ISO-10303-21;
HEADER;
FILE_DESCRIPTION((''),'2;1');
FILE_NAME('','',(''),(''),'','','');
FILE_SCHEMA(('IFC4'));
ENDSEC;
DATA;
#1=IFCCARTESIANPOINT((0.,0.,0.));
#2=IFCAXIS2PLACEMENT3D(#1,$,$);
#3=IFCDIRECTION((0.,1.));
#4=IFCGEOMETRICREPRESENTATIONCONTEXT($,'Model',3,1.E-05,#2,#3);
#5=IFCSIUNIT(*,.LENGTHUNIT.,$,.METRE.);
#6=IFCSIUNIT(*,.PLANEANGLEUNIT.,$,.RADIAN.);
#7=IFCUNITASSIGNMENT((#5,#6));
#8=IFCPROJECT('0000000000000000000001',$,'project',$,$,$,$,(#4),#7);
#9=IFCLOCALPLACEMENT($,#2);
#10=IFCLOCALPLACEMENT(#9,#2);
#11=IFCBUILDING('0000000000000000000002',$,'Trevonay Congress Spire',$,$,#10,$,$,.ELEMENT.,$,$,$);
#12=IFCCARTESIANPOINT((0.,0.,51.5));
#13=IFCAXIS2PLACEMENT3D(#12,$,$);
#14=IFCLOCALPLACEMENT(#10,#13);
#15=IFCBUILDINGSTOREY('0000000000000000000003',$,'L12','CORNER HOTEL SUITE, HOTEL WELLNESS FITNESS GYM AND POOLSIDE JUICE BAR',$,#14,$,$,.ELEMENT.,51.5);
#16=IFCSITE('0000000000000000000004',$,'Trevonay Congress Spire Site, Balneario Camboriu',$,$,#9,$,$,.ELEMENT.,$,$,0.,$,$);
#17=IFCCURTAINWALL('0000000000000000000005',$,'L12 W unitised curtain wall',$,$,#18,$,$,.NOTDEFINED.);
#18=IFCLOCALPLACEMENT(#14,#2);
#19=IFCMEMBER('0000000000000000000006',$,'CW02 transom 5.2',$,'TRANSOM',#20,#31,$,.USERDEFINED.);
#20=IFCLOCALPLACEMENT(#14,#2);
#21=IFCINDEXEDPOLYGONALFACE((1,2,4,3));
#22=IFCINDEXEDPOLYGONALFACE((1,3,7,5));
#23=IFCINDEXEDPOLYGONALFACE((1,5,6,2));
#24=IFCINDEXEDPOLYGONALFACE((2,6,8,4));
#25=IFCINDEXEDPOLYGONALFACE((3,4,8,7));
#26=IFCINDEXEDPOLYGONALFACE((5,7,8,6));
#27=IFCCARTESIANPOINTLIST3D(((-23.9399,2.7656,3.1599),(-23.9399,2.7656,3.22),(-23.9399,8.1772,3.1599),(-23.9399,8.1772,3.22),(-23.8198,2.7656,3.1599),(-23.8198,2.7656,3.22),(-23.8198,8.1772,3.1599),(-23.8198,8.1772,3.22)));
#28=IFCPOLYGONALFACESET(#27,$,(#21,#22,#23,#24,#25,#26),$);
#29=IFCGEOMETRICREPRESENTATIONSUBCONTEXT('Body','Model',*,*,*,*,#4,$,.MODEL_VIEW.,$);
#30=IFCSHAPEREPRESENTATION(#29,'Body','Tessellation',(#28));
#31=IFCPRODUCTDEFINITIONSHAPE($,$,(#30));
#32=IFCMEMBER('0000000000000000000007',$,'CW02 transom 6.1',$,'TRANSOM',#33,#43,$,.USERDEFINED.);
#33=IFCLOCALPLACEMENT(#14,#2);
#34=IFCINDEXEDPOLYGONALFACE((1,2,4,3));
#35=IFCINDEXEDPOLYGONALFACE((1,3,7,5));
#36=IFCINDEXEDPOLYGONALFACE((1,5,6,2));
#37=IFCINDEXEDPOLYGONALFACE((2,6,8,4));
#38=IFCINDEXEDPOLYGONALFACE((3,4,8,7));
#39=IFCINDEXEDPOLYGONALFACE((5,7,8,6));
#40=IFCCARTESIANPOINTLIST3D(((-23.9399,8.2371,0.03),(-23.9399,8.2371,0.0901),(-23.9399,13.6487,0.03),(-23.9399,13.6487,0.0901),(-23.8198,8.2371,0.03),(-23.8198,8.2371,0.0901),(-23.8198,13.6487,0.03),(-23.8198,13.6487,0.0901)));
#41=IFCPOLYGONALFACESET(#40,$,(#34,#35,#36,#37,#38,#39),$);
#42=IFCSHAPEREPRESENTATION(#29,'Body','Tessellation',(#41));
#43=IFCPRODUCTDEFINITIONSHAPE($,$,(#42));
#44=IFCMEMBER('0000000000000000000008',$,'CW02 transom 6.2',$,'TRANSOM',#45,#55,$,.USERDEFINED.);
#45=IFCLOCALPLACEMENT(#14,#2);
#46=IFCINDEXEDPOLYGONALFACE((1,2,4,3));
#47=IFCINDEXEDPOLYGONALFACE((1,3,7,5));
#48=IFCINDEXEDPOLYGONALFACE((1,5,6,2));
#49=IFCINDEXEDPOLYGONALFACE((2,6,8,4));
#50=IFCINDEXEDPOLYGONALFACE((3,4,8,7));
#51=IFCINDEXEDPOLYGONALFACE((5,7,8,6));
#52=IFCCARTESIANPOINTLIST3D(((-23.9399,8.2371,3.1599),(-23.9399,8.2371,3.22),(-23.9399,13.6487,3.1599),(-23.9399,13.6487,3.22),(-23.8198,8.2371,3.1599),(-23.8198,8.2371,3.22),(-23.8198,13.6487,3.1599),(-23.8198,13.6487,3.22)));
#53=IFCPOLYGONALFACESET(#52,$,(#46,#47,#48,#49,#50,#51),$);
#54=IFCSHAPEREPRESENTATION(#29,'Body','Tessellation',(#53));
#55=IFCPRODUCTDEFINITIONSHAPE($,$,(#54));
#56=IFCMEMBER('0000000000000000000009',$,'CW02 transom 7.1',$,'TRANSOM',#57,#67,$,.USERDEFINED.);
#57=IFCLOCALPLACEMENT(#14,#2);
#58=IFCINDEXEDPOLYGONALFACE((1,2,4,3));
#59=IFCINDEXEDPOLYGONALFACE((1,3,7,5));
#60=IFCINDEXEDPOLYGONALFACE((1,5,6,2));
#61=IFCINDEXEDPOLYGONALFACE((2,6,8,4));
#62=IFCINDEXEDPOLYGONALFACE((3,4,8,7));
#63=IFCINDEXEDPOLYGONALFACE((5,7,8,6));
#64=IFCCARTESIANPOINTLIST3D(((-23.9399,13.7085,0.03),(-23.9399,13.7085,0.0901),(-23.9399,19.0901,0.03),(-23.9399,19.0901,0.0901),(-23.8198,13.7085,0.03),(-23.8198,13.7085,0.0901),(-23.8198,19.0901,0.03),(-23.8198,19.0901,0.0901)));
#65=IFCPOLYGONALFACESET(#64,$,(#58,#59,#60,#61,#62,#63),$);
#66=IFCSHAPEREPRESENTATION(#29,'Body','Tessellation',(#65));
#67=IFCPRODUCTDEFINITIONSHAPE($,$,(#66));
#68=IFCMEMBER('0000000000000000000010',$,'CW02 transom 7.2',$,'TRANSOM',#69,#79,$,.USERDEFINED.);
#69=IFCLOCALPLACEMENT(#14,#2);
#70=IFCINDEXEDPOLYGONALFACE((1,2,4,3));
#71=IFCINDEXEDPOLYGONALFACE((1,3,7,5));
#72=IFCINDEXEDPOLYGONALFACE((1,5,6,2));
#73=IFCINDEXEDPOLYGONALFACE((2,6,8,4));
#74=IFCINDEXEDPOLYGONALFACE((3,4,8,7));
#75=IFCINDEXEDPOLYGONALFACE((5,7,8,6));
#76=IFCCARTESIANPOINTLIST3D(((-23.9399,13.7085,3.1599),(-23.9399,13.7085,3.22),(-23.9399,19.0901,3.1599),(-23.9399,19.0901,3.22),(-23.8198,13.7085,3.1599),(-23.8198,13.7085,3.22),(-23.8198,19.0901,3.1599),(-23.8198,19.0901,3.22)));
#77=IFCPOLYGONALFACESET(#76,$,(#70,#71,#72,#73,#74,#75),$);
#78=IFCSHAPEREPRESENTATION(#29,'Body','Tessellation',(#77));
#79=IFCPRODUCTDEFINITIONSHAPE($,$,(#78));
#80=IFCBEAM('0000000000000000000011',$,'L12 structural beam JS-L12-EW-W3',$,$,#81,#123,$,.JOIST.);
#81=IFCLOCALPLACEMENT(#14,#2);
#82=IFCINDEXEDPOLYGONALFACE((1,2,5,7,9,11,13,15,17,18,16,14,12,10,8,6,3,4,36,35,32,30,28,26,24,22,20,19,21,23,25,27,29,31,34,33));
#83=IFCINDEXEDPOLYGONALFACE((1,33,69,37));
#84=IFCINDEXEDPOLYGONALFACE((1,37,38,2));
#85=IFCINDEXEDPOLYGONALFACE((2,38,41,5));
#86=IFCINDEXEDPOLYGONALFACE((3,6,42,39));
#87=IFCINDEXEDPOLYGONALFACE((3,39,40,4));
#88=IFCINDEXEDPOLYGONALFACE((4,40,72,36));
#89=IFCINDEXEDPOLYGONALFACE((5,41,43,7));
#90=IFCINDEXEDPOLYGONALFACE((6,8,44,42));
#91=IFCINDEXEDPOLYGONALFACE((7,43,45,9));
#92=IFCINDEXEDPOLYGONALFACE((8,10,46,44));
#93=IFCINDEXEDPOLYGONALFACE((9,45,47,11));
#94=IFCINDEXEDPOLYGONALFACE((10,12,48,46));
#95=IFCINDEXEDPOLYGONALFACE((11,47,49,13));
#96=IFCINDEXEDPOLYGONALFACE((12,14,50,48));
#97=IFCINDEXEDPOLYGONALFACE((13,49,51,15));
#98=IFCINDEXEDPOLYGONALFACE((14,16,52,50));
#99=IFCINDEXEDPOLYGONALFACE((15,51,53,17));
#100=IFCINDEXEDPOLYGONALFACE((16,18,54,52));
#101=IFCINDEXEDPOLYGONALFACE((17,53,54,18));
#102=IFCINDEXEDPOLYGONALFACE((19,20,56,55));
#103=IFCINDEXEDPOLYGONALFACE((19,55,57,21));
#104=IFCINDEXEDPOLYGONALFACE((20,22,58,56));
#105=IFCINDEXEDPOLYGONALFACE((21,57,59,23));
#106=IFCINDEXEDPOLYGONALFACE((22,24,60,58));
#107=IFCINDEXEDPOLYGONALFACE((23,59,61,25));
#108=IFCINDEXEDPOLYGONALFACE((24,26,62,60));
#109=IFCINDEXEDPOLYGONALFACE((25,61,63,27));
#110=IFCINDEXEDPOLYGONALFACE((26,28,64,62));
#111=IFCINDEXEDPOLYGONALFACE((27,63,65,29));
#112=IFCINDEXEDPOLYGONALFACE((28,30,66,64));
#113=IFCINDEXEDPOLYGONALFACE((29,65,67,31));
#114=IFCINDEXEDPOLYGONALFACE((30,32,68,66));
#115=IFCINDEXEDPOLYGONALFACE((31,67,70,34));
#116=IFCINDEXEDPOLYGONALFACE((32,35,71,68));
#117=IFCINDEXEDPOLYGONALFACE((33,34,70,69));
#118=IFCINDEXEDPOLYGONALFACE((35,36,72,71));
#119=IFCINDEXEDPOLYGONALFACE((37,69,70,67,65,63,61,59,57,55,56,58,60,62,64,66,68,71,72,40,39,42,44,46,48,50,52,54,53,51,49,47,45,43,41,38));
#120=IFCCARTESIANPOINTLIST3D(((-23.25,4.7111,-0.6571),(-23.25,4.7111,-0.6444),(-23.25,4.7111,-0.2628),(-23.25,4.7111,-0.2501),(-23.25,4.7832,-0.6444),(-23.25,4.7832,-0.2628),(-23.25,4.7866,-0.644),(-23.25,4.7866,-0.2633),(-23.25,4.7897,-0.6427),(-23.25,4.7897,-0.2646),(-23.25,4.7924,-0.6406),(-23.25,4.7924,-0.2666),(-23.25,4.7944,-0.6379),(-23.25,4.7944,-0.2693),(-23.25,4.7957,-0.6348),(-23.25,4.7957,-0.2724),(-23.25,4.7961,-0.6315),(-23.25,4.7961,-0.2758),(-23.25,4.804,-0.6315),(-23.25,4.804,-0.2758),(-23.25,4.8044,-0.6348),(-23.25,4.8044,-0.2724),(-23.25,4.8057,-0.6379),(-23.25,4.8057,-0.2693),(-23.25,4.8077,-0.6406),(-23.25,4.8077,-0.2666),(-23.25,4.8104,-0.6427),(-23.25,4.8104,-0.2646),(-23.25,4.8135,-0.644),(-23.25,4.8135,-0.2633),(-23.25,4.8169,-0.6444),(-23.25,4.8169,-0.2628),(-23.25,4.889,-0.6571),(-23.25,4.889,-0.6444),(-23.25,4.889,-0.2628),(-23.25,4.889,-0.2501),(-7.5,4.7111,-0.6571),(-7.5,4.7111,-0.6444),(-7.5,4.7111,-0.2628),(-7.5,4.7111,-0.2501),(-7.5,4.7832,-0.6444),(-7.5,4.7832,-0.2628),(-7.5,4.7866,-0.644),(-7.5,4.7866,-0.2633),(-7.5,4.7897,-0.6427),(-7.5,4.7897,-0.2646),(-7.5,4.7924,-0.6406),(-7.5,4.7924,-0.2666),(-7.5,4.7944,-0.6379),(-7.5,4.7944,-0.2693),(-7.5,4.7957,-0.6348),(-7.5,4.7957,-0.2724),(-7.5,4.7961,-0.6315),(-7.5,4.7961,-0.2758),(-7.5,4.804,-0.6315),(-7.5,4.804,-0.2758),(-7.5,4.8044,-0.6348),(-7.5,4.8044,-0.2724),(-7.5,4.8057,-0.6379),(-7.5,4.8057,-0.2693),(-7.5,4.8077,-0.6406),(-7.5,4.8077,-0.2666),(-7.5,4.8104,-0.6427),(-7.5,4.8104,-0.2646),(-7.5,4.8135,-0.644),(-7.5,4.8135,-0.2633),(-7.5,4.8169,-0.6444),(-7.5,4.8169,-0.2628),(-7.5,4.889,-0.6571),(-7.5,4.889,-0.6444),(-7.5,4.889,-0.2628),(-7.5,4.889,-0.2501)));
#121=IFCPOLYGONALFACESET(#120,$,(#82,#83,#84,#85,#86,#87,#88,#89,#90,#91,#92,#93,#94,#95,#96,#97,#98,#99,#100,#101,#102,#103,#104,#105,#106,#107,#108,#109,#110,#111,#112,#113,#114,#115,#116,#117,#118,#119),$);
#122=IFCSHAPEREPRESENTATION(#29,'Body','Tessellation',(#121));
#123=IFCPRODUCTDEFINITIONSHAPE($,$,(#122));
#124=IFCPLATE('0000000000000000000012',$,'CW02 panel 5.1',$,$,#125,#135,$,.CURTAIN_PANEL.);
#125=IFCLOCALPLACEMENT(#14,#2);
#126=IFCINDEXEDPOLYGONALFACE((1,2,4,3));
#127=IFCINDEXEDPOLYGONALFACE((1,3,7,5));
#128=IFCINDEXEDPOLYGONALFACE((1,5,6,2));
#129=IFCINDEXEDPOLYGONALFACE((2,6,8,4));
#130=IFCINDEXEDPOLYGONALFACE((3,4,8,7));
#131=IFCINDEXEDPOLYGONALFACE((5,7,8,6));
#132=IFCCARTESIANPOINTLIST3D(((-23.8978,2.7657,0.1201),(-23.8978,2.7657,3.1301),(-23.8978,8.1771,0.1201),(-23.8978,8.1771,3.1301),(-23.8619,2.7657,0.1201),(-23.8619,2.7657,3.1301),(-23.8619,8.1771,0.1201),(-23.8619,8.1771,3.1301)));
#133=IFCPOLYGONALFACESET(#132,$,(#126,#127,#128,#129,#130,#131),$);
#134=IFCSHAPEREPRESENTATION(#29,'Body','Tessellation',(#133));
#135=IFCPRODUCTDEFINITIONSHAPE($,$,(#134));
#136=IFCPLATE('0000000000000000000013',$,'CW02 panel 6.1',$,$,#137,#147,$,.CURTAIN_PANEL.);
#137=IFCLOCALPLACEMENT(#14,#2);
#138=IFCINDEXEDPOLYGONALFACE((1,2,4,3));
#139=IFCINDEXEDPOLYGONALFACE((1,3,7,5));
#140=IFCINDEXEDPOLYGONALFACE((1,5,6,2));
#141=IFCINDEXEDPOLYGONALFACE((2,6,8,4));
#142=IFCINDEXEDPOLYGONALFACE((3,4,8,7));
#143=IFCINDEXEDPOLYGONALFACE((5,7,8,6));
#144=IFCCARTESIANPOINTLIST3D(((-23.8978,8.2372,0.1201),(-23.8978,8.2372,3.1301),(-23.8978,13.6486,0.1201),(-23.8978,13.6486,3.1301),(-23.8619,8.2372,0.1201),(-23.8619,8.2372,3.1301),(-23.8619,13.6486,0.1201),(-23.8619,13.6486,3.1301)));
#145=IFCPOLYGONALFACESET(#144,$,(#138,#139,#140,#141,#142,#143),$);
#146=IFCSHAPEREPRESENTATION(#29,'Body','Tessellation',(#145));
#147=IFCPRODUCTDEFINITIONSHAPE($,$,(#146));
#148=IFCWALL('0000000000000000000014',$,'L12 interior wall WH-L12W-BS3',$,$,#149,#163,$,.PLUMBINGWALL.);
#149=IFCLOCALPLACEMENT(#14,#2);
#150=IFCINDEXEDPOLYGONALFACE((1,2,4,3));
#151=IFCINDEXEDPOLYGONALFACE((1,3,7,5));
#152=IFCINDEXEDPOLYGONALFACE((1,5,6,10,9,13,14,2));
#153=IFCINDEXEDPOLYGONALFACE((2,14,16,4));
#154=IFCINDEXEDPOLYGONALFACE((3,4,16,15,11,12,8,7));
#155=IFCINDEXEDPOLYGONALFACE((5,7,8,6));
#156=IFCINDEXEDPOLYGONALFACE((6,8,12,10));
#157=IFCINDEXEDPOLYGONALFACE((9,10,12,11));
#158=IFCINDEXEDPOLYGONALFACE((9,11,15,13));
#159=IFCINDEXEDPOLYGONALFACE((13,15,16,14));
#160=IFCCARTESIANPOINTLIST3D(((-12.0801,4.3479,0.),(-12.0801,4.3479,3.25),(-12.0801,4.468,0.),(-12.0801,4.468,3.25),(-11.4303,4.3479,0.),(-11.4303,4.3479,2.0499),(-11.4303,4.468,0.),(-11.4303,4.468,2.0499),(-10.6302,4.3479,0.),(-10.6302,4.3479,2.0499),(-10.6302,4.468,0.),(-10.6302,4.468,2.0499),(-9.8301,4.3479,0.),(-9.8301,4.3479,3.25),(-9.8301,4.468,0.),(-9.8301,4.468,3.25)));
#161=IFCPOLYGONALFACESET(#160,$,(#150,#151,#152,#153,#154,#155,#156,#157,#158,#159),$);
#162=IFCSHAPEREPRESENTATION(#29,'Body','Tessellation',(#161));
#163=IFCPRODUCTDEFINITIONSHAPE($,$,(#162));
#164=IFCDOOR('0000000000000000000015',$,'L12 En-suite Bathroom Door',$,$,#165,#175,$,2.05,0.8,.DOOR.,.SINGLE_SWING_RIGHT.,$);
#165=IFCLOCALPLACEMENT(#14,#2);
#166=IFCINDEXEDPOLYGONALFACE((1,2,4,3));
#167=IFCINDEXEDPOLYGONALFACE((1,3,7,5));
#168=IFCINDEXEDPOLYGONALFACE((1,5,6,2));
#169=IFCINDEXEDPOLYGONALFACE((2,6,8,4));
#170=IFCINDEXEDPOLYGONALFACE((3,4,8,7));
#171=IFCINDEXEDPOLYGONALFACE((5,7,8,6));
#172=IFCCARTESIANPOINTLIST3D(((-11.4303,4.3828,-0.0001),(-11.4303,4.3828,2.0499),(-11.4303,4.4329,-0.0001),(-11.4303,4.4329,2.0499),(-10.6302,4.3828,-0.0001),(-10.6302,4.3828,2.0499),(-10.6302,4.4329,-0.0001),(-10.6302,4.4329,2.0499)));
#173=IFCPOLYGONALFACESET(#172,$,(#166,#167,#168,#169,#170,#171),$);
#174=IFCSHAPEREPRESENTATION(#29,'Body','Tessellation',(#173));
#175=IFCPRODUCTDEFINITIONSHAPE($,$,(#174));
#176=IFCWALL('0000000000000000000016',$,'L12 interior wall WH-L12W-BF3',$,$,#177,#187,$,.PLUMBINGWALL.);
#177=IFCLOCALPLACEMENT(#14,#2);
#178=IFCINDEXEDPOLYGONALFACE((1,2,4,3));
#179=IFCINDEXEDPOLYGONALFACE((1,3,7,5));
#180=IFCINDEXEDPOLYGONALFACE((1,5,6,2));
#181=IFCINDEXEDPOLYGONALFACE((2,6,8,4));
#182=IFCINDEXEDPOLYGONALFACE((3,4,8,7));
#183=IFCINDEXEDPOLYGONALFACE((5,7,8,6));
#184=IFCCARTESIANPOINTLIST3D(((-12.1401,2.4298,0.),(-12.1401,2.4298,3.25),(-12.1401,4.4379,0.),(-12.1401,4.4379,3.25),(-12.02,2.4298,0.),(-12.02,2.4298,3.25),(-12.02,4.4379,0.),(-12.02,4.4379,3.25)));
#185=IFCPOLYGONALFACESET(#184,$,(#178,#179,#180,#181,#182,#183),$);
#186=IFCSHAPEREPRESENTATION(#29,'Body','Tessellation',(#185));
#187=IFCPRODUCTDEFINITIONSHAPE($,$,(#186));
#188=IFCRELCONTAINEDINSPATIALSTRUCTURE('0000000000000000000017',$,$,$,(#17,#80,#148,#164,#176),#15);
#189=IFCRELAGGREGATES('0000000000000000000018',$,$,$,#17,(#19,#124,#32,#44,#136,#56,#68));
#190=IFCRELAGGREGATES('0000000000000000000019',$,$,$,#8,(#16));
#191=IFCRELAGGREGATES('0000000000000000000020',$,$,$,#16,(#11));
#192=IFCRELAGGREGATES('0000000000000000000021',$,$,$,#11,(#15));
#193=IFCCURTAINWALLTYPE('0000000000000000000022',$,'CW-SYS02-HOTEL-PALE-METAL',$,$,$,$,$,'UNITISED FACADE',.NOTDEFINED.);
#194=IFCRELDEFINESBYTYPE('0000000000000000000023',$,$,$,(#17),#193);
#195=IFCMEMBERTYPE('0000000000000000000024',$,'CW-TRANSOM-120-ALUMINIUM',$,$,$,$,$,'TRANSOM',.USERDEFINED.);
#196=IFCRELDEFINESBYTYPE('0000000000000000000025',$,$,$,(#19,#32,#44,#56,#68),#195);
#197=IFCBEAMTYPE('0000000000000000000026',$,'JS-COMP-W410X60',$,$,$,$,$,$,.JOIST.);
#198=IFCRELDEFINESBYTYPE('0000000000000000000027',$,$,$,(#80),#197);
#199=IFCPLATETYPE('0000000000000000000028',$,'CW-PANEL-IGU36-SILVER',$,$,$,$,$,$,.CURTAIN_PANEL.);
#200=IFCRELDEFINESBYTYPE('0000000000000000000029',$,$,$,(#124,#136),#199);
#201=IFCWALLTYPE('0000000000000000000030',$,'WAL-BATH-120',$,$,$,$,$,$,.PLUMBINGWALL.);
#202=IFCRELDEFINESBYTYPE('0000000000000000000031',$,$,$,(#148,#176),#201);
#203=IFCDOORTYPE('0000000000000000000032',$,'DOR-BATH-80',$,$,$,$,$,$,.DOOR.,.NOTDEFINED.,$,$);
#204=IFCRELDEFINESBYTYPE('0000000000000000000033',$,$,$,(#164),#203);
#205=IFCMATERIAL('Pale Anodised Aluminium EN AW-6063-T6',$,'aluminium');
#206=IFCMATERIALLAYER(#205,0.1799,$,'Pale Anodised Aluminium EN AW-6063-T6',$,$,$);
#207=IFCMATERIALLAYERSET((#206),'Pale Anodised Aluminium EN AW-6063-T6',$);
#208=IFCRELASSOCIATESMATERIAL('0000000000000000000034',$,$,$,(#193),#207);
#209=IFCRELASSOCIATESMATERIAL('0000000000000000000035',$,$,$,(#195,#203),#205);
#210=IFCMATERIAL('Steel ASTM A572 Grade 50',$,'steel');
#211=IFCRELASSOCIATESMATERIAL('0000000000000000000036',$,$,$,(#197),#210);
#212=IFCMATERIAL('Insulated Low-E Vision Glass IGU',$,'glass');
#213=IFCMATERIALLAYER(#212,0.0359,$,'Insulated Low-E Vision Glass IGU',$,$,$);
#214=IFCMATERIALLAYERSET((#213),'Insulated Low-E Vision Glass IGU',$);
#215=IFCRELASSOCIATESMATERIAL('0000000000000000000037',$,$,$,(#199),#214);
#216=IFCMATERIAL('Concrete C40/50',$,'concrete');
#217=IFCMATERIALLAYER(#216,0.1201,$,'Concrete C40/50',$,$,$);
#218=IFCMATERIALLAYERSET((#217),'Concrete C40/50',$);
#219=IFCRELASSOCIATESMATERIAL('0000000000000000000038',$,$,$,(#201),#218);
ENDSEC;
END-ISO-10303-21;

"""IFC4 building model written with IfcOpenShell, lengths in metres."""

from ifc_helpers import new_model, si_unit, direction, frame, frame_2d, origin, origin_2d, place, context, subcontext, project, spatial, rectangle, i_section, extrude, material, layer, layer_set, material_profile, profile_set, type_object, element, fill, aggregate, save


model = new_model("IFC4")

# Units and contexts
model_context = context("Model", 3, precision=1e-05, world=origin(), true_north=direction((0.0, 1.0)))
body_context = subcontext(model_context, "Body", "Model", "MODEL_VIEW")
ifc_project = project(units=[si_unit("LENGTHUNIT", "METRE"), si_unit("PLANEANGLEUNIT", "RADIAN")], contexts=[model_context])

# Site, building, storey
site_placement = place(None, origin())
site = spatial("IfcSite", under=ifc_project, at=site_placement, Name="Trevonay Congress Spire Site, Balneario Camboriu", CompositionType="ELEMENT", RefElevation=0.0)
building_placement = place(site_placement, origin())
building = spatial("IfcBuilding", under=site, at=building_placement, Name="Trevonay Congress Spire", CompositionType="ELEMENT")
storey_placement = place(building_placement, frame((0.0, 0.0, 51.5)))
storey = spatial("IfcBuildingStorey", under=building, at=storey_placement, Name="L12", Description="CORNER HOTEL SUITE, HOTEL WELLNESS FITNESS GYM AND POOLSIDE JUICE BAR", CompositionType="ELEMENT", Elevation=51.5)

# Shared definitions
ifc_material_1 = material(Name="Steel ASTM A572 Grade 50", Category="steel")

# Curtain wall, members
ifc_material_2 = material(Name="Pale Anodised Aluminium EN AW-6063-T6", Category="aluminium")
ifc_layer_1 = layer(ifc_material_2, 0.1799, Name="Pale Anodised Aluminium EN AW-6063-T6")
ifc_layer_set_1 = layer_set([ifc_layer_1], Name="Pale Anodised Aluminium EN AW-6063-T6")
curtain_wall_type = type_object("IfcCurtainWallType", Name="CW-SYS02-HOTEL-PALE-METAL", ElementType="UNITISED FACADE", PredefinedType="NOTDEFINED", material=ifc_layer_set_1)
curtain_wall_placement = place(storey_placement, origin())
curtain_wall = element("IfcCurtainWall", 1, at=curtain_wall_placement, inside=storey, type_object=curtain_wall_type, Name="L12 W unitised curtain wall", PredefinedType="NOTDEFINED")
ifc_material_profile_1 = material_profile(ifc_material_2, rectangle(XDim=0.1201, YDim=0.0601, at=origin_2d()), Name="CW-TRANSOM-120-ALUMINIUM")
ifc_profile_set_1 = profile_set([ifc_material_profile_1], Name="Pale Anodised Aluminium EN AW-6063-T6")
member_type_1 = type_object("IfcMemberType", Name="CW-TRANSOM-120-ALUMINIUM", ElementType="TRANSOM", PredefinedType="USERDEFINED", material=ifc_profile_set_1)
member_1_placement = place(storey_placement, frame((-23.8799, 2.7656, 3.1899), z_axis=(0.0, 1.0, 0.0), x_axis=(-1.0, 0.0, 0.0)))
member_1 = element("IfcMember", 2, at=member_1_placement, type_object=member_type_1, Name="CW02 transom 5.2", ObjectType="TRANSOM", PredefinedType="USERDEFINED", context=body_context, shape_type="SweptSolid", body=[
    extrude(rectangle(XDim=0.1201, YDim=0.0601, at=origin_2d()), origin(), (0.0, 0.0, 1.0), 5.4116),
])
member_2_placement = place(storey_placement, frame((-23.8799, 8.2371, 0.0601), z_axis=(0.0, 1.0, 0.0), x_axis=(-1.0, 0.0, 0.0)))
member_2 = element("IfcMember", 3, at=member_2_placement, type_object=member_type_1, Name="CW02 transom 6.1", ObjectType="TRANSOM", PredefinedType="USERDEFINED", context=body_context, shape_type="SweptSolid", body=[
    extrude(rectangle(XDim=0.1201, YDim=0.0601, at=origin_2d()), origin(), (0.0, 0.0, 1.0), 5.4116),
])
member_3_placement = place(storey_placement, frame((-23.8799, 8.2371, 3.1899), z_axis=(0.0, 1.0, 0.0), x_axis=(-1.0, 0.0, 0.0)))
member_3 = element("IfcMember", 4, at=member_3_placement, type_object=member_type_1, Name="CW02 transom 6.2", ObjectType="TRANSOM", PredefinedType="USERDEFINED", context=body_context, shape_type="SweptSolid", body=[
    extrude(rectangle(XDim=0.1201, YDim=0.0601, at=origin_2d()), origin(), (0.0, 0.0, 1.0), 5.4116),
])
member_4_placement = place(storey_placement, frame((-23.8799, 13.7085, 0.0601), z_axis=(0.0, 1.0, 0.0), x_axis=(-1.0, 0.0, 0.0)))
member_4 = element("IfcMember", 5, at=member_4_placement, type_object=member_type_1, Name="CW02 transom 7.1", ObjectType="TRANSOM", PredefinedType="USERDEFINED", context=body_context, shape_type="SweptSolid", body=[
    extrude(rectangle(XDim=0.1201, YDim=0.0601, at=origin_2d()), origin(), (0.0, 0.0, 1.0), 5.3816),
])
member_5_placement = place(storey_placement, frame((-23.8799, 13.7085, 3.1899), z_axis=(0.0, 1.0, 0.0), x_axis=(-1.0, 0.0, 0.0)))
member_5 = element("IfcMember", 6, at=member_5_placement, type_object=member_type_1, Name="CW02 transom 7.2", ObjectType="TRANSOM", PredefinedType="USERDEFINED", context=body_context, shape_type="SweptSolid", body=[
    extrude(rectangle(XDim=0.1201, YDim=0.0601, at=origin_2d()), origin(), (0.0, 0.0, 1.0), 5.3816),
])

# Beam
ifc_material_profile_2 = material_profile(ifc_material_1, i_section(OverallWidth=0.178, OverallDepth=0.407, WebThickness=0.0078, FlangeThickness=0.0127, FilletRadius=0.0129, at=origin_2d()), Name="W410x60")
ifc_profile_set_2 = profile_set([ifc_material_profile_2], Name="Steel ASTM A572 Grade 50")
beam_type_1 = type_object("IfcBeamType", Name="JS-COMP-W410X60", PredefinedType="JOIST", material=ifc_profile_set_2)
beam_1_placement = place(storey_placement, frame((-23.25, 4.8, -0.4536), z_axis=(1.0, 0.0, 0.0), x_axis=(0.0, 1.0, 0.0)))
element("IfcBeam", 7, at=beam_1_placement, inside=storey, type_object=beam_type_1, Name="L12 structural beam JS-L12-EW-W3", PredefinedType="JOIST", context=body_context, shape_type="SweptSolid", body=[
    extrude(i_section(OverallWidth=0.178, OverallDepth=0.407, WebThickness=0.0078, FlangeThickness=0.0127, FilletRadius=0.0129, at=origin_2d()), origin(), (0.0, 0.0, 1.0), 15.75),
])

# Plates
ifc_material_3 = material(Name="Insulated Low-E Vision Glass IGU", Category="glass")
ifc_layer_2 = layer(ifc_material_3, 0.0359, Name="Insulated Low-E Vision Glass IGU")
ifc_layer_set_2 = layer_set([ifc_layer_2], Name="Insulated Low-E Vision Glass IGU")
plate_type = type_object("IfcPlateType", Name="CW-PANEL-IGU36-SILVER", PredefinedType="CURTAIN_PANEL", material=ifc_layer_set_2)
plate_1_placement = place(storey_placement, frame((-23.8799, 5.4714, 0.1201), z_axis=(0.0, 0.0, 1.0), x_axis=(0.0, 1.0, 0.0)))
plate_1 = element("IfcPlate", 8, at=plate_1_placement, type_object=plate_type, Name="CW02 panel 5.1", PredefinedType="CURTAIN_PANEL", context=body_context, shape_type="SweptSolid", body=[
    extrude(rectangle(XDim=5.4114, YDim=0.0359, at=origin_2d()), origin(), (0.0, 0.0, 1.0), 3.01),
])
plate_2_placement = place(storey_placement, frame((-23.8799, 10.9429, 0.1201), z_axis=(0.0, 0.0, 1.0), x_axis=(0.0, 1.0, 0.0)))
plate_2 = element("IfcPlate", 9, at=plate_2_placement, type_object=plate_type, Name="CW02 panel 6.1", PredefinedType="CURTAIN_PANEL", context=body_context, shape_type="SweptSolid", body=[
    extrude(rectangle(XDim=5.4114, YDim=0.0359, at=origin_2d()), origin(), (0.0, 0.0, 1.0), 3.01),
])
aggregate(curtain_wall, [member_1, plate_1, member_2, member_3, plate_2, member_4, member_5])

# Wall, opening, door
ifc_material_4 = material(Name="Concrete C40/50", Category="concrete")
ifc_layer_3 = layer(ifc_material_4, 0.1201, Name="Concrete C40/50")
ifc_layer_set_3 = layer_set([ifc_layer_3], Name="Concrete C40/50")
wall_type_1 = type_object("IfcWallType", Name="WAL-BATH-120", PredefinedType="PLUMBINGWALL", material=ifc_layer_set_3)
wall_1_placement = place(storey_placement, frame((-12.0801, 4.408, 0.0), z_axis=(0.0, 0.0, 1.0), x_axis=(1.0, 0.0, 0.0)))
wall_1 = element("IfcWall", 10, at=wall_1_placement, inside=storey, type_object=wall_type_1, Name="L12 interior wall WH-L12W-BS3", PredefinedType="PLUMBINGWALL", context=body_context, shape_type="SweptSolid", body=[
    extrude(rectangle(XDim=2.25, YDim=0.1201, at=frame_2d((1.125, 0.0))), origin(), (0.0, 0.0, 1.0), 3.25),
])
opening_1_placement = place(wall_1_placement, frame((0.6499, 0.0, 0.0)))
opening_1 = element("IfcOpeningElement", 11, at=opening_1_placement, cuts=wall_1, PredefinedType="OPENING", context=body_context, shape_type="SweptSolid", body=[
    extrude(rectangle(XDim=0.8, YDim=2.05, at=frame_2d((0.3999, 1.0249))), frame((0.0, 0.0701, 0.0), z_axis=(0.0, -1.0, 0.0), x_axis=(1.0, 0.0, 0.0)), (0.0, 0.0, 1.0), 0.1401),
])
door_type_1 = type_object("IfcDoorType", Name="DOR-BATH-80", OperationType="NOTDEFINED", PredefinedType="DOOR", material=ifc_material_2)
door_1_placement = place(opening_1_placement, origin())
door_1 = element("IfcDoor", 12, at=door_1_placement, inside=storey, type_object=door_type_1, Name="L12 En-suite Bathroom Door", OperationType="SINGLE_SWING_RIGHT", OverallHeight=2.05, OverallWidth=0.8, PredefinedType="DOOR", context=body_context, shape_type="SweptSolid", body=[
    extrude(rectangle(XDim=0.8, YDim=2.05, at=frame_2d((0.3999, 1.0249))), frame((0.0, 0.0249, 0.0), z_axis=(0.0, -1.0, 0.0), x_axis=(1.0, 0.0, 0.0)), (0.0, 0.0, 1.0), 0.05),
])
fill(opening_1, door_1)

# Wall
wall_2_placement = place(storey_placement, frame((-12.0801, 2.4299, 0.0), z_axis=(0.0, 0.0, 1.0), x_axis=(0.0, 1.0, 0.0)))
element("IfcWall", 13, at=wall_2_placement, inside=storey, type_object=wall_type_1, Name="L12 interior wall WH-L12W-BF3", PredefinedType="PLUMBINGWALL", context=body_context, shape_type="SweptSolid", body=[
    extrude(rectangle(XDim=2.0081, YDim=0.1201, at=frame_2d((1.0039, 0.0))), origin(), (0.0, 0.0, 1.0), 3.25),
])

save(model, "model.ifc")
